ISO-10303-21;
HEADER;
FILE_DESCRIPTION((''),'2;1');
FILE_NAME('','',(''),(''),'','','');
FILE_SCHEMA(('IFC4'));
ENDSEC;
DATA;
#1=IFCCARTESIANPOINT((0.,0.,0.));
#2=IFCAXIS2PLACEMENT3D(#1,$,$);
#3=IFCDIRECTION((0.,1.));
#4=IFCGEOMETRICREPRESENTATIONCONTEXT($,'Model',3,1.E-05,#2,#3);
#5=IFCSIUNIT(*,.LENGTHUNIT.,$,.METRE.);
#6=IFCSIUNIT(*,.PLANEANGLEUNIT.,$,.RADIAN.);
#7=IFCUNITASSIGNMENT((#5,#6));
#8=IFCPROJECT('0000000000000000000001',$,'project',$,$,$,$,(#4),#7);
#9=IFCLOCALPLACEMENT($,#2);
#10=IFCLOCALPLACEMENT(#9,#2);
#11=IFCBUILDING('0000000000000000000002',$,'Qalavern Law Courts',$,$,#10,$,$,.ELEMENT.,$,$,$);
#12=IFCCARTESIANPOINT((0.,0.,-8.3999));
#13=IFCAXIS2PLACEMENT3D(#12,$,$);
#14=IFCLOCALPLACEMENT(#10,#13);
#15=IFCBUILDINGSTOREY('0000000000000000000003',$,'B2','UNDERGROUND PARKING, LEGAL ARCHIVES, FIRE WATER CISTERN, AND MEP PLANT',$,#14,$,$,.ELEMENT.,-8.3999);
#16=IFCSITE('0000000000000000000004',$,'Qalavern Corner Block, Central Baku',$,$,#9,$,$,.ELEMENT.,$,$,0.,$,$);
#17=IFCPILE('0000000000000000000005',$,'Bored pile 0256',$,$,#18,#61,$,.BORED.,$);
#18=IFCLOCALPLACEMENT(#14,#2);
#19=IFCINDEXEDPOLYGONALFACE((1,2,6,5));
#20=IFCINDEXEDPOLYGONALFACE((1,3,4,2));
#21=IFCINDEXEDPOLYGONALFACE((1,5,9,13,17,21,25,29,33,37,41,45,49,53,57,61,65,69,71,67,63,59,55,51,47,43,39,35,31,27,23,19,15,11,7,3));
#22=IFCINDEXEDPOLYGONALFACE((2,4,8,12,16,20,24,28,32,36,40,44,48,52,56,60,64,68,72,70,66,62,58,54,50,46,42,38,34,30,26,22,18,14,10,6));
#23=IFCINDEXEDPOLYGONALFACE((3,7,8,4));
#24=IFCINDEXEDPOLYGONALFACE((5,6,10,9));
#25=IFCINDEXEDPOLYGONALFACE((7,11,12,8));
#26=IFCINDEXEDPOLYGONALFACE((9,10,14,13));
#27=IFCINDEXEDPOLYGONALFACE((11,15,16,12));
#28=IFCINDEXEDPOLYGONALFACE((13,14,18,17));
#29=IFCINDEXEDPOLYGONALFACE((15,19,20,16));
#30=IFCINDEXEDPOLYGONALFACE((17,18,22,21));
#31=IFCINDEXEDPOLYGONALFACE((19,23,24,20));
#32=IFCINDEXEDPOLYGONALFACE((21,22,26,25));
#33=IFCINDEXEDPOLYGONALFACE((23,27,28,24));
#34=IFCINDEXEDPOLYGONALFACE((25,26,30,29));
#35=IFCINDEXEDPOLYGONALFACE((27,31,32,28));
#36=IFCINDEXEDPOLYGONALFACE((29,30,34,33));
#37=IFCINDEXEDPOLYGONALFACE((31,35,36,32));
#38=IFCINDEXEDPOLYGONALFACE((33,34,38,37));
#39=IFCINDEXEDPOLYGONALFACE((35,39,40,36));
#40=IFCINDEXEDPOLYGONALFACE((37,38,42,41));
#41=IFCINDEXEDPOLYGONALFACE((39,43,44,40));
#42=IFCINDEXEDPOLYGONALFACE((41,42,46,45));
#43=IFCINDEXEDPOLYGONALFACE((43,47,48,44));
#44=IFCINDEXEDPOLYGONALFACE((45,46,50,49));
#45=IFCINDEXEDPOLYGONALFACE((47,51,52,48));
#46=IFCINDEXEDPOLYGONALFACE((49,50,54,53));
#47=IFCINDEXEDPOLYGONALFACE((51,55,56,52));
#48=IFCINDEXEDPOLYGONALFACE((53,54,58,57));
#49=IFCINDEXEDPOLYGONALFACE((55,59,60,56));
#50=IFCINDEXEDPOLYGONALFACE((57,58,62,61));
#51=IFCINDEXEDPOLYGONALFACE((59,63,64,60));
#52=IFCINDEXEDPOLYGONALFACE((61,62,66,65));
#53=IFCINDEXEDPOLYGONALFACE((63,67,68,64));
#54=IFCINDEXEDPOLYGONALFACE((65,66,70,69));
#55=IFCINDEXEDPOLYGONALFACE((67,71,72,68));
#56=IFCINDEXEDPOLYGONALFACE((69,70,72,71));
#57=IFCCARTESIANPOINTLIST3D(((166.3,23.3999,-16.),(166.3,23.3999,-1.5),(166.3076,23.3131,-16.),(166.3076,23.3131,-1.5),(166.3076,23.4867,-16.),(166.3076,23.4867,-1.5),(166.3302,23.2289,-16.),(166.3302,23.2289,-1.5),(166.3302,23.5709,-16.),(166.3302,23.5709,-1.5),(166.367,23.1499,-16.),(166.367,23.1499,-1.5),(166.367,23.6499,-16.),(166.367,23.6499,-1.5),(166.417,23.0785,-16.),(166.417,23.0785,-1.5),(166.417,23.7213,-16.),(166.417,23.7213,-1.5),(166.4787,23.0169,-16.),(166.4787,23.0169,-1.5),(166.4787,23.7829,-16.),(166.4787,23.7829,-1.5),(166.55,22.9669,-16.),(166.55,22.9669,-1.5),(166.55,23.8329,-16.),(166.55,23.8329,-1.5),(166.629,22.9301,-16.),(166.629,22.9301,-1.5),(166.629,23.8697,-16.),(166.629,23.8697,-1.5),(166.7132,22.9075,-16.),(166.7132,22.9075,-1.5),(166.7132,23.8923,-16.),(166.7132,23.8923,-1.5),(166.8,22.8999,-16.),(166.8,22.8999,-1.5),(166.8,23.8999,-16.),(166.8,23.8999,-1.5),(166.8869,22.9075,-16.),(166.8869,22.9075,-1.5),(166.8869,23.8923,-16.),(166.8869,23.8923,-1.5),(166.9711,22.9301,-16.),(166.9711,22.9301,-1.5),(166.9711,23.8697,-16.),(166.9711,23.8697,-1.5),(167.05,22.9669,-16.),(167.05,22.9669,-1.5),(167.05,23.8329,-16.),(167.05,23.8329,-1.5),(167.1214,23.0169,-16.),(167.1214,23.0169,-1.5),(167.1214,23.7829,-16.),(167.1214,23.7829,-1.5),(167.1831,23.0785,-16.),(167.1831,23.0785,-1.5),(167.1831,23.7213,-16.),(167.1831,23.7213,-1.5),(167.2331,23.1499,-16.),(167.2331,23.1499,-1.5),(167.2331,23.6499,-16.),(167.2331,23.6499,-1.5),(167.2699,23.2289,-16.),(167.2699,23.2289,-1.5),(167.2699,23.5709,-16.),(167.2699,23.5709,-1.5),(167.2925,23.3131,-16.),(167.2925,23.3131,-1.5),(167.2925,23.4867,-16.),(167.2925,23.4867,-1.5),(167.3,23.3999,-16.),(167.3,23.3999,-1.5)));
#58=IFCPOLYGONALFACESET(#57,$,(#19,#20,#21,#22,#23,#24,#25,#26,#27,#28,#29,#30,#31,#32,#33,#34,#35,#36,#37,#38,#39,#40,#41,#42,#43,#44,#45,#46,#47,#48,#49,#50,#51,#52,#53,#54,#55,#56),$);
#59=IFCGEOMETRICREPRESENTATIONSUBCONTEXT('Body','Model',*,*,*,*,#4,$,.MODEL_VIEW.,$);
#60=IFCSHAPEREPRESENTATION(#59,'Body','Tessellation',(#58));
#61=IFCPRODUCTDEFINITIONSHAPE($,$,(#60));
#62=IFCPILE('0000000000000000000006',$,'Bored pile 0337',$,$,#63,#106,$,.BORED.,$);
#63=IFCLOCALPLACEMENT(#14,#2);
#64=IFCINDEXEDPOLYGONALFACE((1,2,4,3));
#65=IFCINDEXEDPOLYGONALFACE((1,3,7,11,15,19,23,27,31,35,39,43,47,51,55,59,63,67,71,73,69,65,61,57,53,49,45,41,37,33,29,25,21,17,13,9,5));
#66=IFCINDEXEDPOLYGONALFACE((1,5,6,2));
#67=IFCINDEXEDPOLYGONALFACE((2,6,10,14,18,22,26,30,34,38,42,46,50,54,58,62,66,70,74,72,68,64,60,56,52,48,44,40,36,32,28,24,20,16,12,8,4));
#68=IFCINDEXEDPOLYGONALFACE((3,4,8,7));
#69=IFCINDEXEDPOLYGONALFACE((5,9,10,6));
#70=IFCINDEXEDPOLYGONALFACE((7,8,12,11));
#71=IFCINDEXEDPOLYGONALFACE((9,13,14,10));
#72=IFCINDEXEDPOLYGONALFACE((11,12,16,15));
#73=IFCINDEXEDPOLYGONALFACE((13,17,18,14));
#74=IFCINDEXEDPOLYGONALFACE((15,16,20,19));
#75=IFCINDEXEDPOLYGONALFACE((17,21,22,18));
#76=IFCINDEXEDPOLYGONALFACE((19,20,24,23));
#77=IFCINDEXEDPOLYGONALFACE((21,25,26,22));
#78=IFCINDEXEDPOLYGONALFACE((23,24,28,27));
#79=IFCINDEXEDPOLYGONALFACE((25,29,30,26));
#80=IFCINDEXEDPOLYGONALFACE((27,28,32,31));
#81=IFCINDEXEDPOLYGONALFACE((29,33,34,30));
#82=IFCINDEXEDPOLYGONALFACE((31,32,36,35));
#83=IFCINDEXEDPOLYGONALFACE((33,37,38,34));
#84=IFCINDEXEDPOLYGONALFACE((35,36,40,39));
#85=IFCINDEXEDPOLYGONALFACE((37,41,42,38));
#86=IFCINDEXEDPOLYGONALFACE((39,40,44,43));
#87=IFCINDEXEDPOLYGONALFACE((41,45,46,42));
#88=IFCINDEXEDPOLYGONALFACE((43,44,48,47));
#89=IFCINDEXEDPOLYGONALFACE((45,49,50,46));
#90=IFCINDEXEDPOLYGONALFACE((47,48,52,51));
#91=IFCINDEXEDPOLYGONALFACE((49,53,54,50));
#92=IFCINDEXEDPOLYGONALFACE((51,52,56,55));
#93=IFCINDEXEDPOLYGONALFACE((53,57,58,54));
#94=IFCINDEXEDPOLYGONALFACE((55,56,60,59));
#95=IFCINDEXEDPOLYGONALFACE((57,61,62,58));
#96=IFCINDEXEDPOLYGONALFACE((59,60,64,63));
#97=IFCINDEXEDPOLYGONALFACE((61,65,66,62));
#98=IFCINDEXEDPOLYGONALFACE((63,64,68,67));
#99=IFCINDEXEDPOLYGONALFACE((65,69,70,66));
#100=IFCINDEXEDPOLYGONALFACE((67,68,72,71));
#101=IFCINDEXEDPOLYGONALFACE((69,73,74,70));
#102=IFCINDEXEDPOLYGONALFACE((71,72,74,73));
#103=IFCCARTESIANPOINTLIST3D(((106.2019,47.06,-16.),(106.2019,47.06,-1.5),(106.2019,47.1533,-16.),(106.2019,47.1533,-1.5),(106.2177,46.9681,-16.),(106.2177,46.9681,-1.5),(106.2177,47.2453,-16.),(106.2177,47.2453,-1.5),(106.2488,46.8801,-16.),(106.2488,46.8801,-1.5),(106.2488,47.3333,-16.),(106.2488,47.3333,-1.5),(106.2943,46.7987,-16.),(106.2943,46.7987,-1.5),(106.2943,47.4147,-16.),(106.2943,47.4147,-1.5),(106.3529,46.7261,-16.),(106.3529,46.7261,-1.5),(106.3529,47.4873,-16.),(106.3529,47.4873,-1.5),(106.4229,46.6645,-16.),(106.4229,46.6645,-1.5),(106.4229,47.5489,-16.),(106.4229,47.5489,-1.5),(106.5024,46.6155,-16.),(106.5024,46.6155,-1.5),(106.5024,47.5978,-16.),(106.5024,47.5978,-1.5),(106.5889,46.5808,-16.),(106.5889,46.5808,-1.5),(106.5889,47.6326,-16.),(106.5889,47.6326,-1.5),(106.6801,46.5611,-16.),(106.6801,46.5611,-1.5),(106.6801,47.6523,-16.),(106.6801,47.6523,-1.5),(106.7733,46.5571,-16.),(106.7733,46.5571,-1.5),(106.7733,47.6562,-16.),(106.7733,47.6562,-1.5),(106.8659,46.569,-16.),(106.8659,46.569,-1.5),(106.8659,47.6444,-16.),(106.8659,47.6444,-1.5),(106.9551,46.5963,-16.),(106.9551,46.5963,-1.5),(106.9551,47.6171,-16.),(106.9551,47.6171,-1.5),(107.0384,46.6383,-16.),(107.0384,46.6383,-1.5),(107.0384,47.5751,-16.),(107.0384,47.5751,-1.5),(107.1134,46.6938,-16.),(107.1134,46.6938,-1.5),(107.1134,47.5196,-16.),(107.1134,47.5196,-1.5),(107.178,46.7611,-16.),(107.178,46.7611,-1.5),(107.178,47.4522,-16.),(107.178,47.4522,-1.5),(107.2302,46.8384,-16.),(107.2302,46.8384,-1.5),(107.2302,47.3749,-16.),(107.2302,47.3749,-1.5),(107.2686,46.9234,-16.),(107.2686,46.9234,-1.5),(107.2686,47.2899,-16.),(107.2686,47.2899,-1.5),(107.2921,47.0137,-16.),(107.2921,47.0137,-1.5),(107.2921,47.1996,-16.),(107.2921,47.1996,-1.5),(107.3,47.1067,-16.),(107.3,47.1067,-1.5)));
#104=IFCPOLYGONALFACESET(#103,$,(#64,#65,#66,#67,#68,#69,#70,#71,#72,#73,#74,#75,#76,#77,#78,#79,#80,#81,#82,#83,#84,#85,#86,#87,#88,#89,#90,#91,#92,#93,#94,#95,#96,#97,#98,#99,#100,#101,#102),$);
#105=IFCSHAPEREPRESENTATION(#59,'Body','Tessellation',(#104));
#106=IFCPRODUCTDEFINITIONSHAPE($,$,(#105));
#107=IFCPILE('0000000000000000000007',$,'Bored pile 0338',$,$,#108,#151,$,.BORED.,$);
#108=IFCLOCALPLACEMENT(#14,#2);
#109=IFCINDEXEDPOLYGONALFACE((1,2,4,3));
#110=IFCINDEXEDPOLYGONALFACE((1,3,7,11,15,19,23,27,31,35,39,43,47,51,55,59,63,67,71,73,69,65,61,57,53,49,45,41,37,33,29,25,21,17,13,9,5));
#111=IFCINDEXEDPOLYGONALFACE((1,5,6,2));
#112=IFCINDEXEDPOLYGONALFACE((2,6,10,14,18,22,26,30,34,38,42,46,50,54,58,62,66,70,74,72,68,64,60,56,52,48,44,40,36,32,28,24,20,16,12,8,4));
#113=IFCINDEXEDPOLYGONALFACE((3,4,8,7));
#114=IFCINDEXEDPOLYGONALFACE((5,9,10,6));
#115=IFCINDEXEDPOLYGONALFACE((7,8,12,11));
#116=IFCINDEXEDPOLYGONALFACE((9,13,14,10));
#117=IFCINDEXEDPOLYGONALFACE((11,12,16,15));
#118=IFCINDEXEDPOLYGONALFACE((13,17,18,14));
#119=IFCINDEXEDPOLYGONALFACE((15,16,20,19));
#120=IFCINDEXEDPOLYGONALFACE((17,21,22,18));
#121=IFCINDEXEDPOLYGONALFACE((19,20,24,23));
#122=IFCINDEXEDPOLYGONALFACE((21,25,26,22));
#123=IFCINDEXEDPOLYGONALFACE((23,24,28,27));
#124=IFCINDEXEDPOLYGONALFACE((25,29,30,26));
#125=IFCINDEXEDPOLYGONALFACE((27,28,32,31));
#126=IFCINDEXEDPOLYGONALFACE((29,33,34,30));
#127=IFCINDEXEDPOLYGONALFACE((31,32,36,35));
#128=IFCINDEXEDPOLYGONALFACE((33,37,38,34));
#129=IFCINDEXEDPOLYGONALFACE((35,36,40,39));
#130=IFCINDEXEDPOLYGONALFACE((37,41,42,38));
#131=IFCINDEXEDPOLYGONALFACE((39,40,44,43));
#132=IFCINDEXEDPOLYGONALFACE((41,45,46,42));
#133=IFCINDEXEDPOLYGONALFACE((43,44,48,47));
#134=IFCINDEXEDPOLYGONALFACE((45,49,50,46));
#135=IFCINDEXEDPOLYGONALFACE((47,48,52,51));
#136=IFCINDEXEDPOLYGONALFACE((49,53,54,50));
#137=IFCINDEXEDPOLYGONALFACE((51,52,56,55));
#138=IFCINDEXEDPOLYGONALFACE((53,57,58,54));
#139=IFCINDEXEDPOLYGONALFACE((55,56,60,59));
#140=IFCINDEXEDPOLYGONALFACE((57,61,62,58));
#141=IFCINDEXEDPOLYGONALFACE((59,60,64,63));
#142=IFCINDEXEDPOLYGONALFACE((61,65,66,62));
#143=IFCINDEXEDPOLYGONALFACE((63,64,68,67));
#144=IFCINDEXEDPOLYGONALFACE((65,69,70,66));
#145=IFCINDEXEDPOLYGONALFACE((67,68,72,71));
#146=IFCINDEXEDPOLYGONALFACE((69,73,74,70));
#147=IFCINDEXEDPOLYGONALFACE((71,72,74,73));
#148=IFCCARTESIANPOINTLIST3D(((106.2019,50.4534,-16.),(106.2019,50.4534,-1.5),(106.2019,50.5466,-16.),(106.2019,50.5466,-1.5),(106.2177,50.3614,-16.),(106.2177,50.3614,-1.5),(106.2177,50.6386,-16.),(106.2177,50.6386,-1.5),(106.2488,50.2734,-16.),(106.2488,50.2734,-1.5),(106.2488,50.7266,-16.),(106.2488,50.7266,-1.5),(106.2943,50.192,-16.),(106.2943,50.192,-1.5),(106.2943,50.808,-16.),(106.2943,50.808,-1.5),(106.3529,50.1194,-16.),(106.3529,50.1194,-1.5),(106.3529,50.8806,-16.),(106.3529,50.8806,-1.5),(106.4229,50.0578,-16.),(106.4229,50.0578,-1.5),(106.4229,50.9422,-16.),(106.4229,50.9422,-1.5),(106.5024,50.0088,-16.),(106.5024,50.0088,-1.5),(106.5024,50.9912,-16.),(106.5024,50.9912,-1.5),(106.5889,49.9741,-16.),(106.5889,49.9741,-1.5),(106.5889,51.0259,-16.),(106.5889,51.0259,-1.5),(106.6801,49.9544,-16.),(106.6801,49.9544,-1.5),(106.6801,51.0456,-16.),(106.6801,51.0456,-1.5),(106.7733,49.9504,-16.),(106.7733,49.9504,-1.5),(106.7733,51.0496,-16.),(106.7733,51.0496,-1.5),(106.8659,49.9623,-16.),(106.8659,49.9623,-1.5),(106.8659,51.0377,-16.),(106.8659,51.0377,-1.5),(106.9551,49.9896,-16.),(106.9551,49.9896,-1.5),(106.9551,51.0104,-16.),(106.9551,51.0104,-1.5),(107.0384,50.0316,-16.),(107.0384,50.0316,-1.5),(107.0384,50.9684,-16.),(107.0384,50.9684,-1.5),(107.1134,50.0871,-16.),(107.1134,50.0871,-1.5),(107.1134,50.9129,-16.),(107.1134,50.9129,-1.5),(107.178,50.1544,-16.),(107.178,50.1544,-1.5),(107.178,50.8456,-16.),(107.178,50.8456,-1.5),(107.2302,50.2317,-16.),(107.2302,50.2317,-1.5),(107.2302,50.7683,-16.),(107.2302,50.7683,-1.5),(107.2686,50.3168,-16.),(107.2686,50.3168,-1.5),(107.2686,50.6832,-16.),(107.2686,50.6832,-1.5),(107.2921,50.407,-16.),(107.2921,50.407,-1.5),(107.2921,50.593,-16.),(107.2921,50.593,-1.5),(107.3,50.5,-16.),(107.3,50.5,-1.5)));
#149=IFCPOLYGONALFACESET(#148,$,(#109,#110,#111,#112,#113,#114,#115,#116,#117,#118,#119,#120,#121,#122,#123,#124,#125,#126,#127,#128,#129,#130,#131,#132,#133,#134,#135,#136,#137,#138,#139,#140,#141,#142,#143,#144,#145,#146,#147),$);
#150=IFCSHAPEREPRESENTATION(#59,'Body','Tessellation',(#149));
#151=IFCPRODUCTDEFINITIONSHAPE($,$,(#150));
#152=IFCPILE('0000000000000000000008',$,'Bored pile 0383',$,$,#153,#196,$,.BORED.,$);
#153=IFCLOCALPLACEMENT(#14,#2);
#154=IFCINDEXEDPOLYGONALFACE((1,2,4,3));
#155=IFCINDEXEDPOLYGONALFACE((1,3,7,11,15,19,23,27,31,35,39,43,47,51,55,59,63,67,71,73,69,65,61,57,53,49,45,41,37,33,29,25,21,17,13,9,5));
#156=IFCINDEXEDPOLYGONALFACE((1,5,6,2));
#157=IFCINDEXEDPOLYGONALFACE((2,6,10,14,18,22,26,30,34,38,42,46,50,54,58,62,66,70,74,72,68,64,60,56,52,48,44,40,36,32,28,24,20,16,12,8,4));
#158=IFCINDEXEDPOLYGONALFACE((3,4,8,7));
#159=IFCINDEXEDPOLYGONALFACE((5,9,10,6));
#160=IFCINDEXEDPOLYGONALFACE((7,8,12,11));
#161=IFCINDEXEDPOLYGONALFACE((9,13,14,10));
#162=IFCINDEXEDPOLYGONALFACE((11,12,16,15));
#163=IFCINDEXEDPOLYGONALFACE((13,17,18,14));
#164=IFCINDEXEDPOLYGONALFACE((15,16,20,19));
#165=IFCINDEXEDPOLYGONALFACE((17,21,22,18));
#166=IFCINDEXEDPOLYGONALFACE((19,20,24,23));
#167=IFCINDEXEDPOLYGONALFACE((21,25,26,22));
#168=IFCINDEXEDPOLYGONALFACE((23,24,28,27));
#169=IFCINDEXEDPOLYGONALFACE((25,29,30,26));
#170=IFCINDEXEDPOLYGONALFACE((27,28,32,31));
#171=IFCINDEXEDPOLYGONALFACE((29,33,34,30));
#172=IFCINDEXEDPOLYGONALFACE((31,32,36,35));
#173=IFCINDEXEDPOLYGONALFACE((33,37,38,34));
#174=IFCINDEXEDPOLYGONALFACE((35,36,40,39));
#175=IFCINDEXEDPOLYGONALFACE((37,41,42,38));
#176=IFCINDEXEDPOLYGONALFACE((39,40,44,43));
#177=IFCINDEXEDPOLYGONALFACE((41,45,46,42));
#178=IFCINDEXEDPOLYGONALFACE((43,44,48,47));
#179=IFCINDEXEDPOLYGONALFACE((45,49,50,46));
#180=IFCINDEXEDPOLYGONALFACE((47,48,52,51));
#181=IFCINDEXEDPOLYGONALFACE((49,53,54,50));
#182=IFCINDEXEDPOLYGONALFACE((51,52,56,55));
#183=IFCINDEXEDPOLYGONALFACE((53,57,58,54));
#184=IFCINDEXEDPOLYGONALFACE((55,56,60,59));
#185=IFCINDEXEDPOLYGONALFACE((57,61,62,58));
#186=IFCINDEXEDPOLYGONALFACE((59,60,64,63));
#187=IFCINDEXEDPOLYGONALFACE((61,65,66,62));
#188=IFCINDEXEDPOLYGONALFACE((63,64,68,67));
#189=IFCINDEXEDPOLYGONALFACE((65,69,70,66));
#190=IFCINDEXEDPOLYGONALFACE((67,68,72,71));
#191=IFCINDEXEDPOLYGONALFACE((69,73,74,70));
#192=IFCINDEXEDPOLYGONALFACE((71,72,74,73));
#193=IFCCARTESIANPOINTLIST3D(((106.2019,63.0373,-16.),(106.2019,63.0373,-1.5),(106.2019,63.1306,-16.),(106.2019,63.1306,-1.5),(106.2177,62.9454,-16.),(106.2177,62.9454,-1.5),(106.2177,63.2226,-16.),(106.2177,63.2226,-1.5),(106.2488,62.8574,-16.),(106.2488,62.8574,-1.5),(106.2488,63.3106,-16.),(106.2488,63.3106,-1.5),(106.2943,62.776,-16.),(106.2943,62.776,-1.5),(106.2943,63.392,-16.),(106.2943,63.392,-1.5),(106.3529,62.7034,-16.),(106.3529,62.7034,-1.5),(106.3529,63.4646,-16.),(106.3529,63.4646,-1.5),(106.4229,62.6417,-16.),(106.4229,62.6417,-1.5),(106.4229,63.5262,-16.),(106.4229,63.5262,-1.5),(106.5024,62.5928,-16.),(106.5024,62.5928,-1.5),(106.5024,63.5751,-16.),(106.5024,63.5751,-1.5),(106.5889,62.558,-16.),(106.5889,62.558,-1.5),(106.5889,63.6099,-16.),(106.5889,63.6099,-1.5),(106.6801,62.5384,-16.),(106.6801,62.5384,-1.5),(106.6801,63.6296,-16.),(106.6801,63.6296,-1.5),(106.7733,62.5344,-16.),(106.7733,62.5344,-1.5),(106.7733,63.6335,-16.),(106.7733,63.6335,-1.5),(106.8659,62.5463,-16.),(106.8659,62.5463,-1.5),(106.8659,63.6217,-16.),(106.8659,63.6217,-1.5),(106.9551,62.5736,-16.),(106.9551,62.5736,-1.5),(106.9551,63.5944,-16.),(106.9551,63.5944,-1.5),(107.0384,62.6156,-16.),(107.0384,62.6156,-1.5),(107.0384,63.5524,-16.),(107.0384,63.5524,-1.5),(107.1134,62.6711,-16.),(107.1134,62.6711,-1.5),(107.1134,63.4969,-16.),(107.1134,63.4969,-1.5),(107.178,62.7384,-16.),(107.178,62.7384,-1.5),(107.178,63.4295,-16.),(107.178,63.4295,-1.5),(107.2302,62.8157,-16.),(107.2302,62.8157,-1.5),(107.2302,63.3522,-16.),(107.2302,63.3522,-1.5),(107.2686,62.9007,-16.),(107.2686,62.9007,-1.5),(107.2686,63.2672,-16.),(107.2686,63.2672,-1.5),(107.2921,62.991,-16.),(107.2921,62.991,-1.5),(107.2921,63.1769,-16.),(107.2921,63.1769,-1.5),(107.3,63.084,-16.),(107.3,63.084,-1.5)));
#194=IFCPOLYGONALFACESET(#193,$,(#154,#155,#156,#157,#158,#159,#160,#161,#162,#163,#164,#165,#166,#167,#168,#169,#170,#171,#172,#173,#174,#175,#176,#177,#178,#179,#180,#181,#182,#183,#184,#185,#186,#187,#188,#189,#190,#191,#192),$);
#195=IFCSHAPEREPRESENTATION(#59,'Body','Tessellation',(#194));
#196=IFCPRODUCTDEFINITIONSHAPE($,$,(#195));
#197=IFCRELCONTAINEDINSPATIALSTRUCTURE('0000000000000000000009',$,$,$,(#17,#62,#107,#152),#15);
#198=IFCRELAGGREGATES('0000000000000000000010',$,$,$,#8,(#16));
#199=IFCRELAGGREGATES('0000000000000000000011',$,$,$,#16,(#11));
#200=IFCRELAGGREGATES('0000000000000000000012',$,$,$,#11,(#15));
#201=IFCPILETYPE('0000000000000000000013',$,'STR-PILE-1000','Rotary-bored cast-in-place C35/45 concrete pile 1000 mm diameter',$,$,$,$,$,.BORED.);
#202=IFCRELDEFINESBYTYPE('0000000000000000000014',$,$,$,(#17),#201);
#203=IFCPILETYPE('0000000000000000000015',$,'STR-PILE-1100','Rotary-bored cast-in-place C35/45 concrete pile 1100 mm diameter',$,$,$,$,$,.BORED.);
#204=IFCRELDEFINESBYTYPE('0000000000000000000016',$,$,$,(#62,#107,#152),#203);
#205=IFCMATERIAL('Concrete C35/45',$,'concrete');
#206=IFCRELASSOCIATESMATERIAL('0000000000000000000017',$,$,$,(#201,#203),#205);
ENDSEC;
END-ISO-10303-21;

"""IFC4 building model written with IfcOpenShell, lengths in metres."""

from ifc_helpers import new_model, si_unit, direction, frame, origin, origin_2d, place, context, subcontext, project, spatial, circle, extrude, material, material_profile, profile_set, type_object, element, save


model = new_model("IFC4")

# Units and contexts
model_context = context("Model", 3, precision=1e-05, world=origin(), true_north=direction((0.0, 1.0)))
body_context = subcontext(model_context, "Body", "Model", "MODEL_VIEW")
ifc_project = project(units=[si_unit("LENGTHUNIT", "METRE"), si_unit("PLANEANGLEUNIT", "RADIAN")], contexts=[model_context])

# Site, building, storey
site_placement = place(None, origin())
site = spatial("IfcSite", under=ifc_project, at=site_placement, Name="Qalavern Corner Block, Central Baku", CompositionType="ELEMENT", RefElevation=0.0)
building_placement = place(site_placement, origin())
building = spatial("IfcBuilding", under=site, at=building_placement, Name="Qalavern Law Courts", CompositionType="ELEMENT")
storey_placement = place(building_placement, frame((0.0, 0.0, -8.3999)))
storey = spatial("IfcBuildingStorey", under=building, at=storey_placement, Name="B2", Description="UNDERGROUND PARKING, LEGAL ARCHIVES, FIRE WATER CISTERN, AND MEP PLANT", CompositionType="ELEMENT", Elevation=-8.3999)

# Shared definitions
ifc_material_1 = material(Name="Concrete C35/45", Category="concrete")

# Piles
ifc_material_profile_1 = material_profile(ifc_material_1, circle(Radius=0.5, at=origin_2d()), Name="BORED PILE 1000")
ifc_profile_set_1 = profile_set([ifc_material_profile_1], Name="Concrete C35/45")
pile_type_1 = type_object("IfcPileType", Name="STR-PILE-1000", Description="Rotary-bored cast-in-place C35/45 concrete pile 1000 mm diameter", PredefinedType="BORED", material=ifc_profile_set_1)
for number, where, z_axis, x_axis, name in (
    (1, (166.8, 23.3999, -1.5), (0.0, 0.0, -1.0), (1.0, 0.0, 0.0), "Bored pile 0256"),
):
    element("IfcPile", number, at=place(storey_placement, frame(where, z_axis=z_axis, x_axis=x_axis)), inside=storey, type_object=pile_type_1, Name=name, PredefinedType="BORED", context=body_context, shape_type="SweptSolid", body=[
        extrude(circle(Radius=0.5, at=origin_2d()), origin(), (0.0, 0.0, 1.0), 14.5),
    ])
ifc_material_profile_2 = material_profile(ifc_material_1, circle(Radius=0.55, at=origin_2d()), Name="BORED PILE 1100")
ifc_profile_set_2 = profile_set([ifc_material_profile_2], Name="Concrete C35/45")
pile_type_2 = type_object("IfcPileType", Name="STR-PILE-1100", Description="Rotary-bored cast-in-place C35/45 concrete pile 1100 mm diameter", PredefinedType="BORED", material=ifc_profile_set_2)
for number, where, z_axis, x_axis, name in (
    (2, (106.75, 47.1067, -1.5), (0.0, 0.0, -1.0), (1.0, 0.0, 0.0), "Bored pile 0337"),
    (3, (106.75, 50.5, -1.5), (0.0, 0.0, -1.0), (1.0, 0.0, 0.0), "Bored pile 0338"),
    (4, (106.75, 63.084, -1.5), (0.0, 0.0, -1.0), (1.0, 0.0, 0.0), "Bored pile 0383"),
):
    element("IfcPile", number, at=place(storey_placement, frame(where, z_axis=z_axis, x_axis=x_axis)), inside=storey, type_object=pile_type_2, Name=name, PredefinedType="BORED", context=body_context, shape_type="SweptSolid", body=[
        extrude(circle(Radius=0.55, at=origin_2d()), origin(), (0.0, 0.0, 1.0), 14.5),
    ])

save(model, "model.ifc")
